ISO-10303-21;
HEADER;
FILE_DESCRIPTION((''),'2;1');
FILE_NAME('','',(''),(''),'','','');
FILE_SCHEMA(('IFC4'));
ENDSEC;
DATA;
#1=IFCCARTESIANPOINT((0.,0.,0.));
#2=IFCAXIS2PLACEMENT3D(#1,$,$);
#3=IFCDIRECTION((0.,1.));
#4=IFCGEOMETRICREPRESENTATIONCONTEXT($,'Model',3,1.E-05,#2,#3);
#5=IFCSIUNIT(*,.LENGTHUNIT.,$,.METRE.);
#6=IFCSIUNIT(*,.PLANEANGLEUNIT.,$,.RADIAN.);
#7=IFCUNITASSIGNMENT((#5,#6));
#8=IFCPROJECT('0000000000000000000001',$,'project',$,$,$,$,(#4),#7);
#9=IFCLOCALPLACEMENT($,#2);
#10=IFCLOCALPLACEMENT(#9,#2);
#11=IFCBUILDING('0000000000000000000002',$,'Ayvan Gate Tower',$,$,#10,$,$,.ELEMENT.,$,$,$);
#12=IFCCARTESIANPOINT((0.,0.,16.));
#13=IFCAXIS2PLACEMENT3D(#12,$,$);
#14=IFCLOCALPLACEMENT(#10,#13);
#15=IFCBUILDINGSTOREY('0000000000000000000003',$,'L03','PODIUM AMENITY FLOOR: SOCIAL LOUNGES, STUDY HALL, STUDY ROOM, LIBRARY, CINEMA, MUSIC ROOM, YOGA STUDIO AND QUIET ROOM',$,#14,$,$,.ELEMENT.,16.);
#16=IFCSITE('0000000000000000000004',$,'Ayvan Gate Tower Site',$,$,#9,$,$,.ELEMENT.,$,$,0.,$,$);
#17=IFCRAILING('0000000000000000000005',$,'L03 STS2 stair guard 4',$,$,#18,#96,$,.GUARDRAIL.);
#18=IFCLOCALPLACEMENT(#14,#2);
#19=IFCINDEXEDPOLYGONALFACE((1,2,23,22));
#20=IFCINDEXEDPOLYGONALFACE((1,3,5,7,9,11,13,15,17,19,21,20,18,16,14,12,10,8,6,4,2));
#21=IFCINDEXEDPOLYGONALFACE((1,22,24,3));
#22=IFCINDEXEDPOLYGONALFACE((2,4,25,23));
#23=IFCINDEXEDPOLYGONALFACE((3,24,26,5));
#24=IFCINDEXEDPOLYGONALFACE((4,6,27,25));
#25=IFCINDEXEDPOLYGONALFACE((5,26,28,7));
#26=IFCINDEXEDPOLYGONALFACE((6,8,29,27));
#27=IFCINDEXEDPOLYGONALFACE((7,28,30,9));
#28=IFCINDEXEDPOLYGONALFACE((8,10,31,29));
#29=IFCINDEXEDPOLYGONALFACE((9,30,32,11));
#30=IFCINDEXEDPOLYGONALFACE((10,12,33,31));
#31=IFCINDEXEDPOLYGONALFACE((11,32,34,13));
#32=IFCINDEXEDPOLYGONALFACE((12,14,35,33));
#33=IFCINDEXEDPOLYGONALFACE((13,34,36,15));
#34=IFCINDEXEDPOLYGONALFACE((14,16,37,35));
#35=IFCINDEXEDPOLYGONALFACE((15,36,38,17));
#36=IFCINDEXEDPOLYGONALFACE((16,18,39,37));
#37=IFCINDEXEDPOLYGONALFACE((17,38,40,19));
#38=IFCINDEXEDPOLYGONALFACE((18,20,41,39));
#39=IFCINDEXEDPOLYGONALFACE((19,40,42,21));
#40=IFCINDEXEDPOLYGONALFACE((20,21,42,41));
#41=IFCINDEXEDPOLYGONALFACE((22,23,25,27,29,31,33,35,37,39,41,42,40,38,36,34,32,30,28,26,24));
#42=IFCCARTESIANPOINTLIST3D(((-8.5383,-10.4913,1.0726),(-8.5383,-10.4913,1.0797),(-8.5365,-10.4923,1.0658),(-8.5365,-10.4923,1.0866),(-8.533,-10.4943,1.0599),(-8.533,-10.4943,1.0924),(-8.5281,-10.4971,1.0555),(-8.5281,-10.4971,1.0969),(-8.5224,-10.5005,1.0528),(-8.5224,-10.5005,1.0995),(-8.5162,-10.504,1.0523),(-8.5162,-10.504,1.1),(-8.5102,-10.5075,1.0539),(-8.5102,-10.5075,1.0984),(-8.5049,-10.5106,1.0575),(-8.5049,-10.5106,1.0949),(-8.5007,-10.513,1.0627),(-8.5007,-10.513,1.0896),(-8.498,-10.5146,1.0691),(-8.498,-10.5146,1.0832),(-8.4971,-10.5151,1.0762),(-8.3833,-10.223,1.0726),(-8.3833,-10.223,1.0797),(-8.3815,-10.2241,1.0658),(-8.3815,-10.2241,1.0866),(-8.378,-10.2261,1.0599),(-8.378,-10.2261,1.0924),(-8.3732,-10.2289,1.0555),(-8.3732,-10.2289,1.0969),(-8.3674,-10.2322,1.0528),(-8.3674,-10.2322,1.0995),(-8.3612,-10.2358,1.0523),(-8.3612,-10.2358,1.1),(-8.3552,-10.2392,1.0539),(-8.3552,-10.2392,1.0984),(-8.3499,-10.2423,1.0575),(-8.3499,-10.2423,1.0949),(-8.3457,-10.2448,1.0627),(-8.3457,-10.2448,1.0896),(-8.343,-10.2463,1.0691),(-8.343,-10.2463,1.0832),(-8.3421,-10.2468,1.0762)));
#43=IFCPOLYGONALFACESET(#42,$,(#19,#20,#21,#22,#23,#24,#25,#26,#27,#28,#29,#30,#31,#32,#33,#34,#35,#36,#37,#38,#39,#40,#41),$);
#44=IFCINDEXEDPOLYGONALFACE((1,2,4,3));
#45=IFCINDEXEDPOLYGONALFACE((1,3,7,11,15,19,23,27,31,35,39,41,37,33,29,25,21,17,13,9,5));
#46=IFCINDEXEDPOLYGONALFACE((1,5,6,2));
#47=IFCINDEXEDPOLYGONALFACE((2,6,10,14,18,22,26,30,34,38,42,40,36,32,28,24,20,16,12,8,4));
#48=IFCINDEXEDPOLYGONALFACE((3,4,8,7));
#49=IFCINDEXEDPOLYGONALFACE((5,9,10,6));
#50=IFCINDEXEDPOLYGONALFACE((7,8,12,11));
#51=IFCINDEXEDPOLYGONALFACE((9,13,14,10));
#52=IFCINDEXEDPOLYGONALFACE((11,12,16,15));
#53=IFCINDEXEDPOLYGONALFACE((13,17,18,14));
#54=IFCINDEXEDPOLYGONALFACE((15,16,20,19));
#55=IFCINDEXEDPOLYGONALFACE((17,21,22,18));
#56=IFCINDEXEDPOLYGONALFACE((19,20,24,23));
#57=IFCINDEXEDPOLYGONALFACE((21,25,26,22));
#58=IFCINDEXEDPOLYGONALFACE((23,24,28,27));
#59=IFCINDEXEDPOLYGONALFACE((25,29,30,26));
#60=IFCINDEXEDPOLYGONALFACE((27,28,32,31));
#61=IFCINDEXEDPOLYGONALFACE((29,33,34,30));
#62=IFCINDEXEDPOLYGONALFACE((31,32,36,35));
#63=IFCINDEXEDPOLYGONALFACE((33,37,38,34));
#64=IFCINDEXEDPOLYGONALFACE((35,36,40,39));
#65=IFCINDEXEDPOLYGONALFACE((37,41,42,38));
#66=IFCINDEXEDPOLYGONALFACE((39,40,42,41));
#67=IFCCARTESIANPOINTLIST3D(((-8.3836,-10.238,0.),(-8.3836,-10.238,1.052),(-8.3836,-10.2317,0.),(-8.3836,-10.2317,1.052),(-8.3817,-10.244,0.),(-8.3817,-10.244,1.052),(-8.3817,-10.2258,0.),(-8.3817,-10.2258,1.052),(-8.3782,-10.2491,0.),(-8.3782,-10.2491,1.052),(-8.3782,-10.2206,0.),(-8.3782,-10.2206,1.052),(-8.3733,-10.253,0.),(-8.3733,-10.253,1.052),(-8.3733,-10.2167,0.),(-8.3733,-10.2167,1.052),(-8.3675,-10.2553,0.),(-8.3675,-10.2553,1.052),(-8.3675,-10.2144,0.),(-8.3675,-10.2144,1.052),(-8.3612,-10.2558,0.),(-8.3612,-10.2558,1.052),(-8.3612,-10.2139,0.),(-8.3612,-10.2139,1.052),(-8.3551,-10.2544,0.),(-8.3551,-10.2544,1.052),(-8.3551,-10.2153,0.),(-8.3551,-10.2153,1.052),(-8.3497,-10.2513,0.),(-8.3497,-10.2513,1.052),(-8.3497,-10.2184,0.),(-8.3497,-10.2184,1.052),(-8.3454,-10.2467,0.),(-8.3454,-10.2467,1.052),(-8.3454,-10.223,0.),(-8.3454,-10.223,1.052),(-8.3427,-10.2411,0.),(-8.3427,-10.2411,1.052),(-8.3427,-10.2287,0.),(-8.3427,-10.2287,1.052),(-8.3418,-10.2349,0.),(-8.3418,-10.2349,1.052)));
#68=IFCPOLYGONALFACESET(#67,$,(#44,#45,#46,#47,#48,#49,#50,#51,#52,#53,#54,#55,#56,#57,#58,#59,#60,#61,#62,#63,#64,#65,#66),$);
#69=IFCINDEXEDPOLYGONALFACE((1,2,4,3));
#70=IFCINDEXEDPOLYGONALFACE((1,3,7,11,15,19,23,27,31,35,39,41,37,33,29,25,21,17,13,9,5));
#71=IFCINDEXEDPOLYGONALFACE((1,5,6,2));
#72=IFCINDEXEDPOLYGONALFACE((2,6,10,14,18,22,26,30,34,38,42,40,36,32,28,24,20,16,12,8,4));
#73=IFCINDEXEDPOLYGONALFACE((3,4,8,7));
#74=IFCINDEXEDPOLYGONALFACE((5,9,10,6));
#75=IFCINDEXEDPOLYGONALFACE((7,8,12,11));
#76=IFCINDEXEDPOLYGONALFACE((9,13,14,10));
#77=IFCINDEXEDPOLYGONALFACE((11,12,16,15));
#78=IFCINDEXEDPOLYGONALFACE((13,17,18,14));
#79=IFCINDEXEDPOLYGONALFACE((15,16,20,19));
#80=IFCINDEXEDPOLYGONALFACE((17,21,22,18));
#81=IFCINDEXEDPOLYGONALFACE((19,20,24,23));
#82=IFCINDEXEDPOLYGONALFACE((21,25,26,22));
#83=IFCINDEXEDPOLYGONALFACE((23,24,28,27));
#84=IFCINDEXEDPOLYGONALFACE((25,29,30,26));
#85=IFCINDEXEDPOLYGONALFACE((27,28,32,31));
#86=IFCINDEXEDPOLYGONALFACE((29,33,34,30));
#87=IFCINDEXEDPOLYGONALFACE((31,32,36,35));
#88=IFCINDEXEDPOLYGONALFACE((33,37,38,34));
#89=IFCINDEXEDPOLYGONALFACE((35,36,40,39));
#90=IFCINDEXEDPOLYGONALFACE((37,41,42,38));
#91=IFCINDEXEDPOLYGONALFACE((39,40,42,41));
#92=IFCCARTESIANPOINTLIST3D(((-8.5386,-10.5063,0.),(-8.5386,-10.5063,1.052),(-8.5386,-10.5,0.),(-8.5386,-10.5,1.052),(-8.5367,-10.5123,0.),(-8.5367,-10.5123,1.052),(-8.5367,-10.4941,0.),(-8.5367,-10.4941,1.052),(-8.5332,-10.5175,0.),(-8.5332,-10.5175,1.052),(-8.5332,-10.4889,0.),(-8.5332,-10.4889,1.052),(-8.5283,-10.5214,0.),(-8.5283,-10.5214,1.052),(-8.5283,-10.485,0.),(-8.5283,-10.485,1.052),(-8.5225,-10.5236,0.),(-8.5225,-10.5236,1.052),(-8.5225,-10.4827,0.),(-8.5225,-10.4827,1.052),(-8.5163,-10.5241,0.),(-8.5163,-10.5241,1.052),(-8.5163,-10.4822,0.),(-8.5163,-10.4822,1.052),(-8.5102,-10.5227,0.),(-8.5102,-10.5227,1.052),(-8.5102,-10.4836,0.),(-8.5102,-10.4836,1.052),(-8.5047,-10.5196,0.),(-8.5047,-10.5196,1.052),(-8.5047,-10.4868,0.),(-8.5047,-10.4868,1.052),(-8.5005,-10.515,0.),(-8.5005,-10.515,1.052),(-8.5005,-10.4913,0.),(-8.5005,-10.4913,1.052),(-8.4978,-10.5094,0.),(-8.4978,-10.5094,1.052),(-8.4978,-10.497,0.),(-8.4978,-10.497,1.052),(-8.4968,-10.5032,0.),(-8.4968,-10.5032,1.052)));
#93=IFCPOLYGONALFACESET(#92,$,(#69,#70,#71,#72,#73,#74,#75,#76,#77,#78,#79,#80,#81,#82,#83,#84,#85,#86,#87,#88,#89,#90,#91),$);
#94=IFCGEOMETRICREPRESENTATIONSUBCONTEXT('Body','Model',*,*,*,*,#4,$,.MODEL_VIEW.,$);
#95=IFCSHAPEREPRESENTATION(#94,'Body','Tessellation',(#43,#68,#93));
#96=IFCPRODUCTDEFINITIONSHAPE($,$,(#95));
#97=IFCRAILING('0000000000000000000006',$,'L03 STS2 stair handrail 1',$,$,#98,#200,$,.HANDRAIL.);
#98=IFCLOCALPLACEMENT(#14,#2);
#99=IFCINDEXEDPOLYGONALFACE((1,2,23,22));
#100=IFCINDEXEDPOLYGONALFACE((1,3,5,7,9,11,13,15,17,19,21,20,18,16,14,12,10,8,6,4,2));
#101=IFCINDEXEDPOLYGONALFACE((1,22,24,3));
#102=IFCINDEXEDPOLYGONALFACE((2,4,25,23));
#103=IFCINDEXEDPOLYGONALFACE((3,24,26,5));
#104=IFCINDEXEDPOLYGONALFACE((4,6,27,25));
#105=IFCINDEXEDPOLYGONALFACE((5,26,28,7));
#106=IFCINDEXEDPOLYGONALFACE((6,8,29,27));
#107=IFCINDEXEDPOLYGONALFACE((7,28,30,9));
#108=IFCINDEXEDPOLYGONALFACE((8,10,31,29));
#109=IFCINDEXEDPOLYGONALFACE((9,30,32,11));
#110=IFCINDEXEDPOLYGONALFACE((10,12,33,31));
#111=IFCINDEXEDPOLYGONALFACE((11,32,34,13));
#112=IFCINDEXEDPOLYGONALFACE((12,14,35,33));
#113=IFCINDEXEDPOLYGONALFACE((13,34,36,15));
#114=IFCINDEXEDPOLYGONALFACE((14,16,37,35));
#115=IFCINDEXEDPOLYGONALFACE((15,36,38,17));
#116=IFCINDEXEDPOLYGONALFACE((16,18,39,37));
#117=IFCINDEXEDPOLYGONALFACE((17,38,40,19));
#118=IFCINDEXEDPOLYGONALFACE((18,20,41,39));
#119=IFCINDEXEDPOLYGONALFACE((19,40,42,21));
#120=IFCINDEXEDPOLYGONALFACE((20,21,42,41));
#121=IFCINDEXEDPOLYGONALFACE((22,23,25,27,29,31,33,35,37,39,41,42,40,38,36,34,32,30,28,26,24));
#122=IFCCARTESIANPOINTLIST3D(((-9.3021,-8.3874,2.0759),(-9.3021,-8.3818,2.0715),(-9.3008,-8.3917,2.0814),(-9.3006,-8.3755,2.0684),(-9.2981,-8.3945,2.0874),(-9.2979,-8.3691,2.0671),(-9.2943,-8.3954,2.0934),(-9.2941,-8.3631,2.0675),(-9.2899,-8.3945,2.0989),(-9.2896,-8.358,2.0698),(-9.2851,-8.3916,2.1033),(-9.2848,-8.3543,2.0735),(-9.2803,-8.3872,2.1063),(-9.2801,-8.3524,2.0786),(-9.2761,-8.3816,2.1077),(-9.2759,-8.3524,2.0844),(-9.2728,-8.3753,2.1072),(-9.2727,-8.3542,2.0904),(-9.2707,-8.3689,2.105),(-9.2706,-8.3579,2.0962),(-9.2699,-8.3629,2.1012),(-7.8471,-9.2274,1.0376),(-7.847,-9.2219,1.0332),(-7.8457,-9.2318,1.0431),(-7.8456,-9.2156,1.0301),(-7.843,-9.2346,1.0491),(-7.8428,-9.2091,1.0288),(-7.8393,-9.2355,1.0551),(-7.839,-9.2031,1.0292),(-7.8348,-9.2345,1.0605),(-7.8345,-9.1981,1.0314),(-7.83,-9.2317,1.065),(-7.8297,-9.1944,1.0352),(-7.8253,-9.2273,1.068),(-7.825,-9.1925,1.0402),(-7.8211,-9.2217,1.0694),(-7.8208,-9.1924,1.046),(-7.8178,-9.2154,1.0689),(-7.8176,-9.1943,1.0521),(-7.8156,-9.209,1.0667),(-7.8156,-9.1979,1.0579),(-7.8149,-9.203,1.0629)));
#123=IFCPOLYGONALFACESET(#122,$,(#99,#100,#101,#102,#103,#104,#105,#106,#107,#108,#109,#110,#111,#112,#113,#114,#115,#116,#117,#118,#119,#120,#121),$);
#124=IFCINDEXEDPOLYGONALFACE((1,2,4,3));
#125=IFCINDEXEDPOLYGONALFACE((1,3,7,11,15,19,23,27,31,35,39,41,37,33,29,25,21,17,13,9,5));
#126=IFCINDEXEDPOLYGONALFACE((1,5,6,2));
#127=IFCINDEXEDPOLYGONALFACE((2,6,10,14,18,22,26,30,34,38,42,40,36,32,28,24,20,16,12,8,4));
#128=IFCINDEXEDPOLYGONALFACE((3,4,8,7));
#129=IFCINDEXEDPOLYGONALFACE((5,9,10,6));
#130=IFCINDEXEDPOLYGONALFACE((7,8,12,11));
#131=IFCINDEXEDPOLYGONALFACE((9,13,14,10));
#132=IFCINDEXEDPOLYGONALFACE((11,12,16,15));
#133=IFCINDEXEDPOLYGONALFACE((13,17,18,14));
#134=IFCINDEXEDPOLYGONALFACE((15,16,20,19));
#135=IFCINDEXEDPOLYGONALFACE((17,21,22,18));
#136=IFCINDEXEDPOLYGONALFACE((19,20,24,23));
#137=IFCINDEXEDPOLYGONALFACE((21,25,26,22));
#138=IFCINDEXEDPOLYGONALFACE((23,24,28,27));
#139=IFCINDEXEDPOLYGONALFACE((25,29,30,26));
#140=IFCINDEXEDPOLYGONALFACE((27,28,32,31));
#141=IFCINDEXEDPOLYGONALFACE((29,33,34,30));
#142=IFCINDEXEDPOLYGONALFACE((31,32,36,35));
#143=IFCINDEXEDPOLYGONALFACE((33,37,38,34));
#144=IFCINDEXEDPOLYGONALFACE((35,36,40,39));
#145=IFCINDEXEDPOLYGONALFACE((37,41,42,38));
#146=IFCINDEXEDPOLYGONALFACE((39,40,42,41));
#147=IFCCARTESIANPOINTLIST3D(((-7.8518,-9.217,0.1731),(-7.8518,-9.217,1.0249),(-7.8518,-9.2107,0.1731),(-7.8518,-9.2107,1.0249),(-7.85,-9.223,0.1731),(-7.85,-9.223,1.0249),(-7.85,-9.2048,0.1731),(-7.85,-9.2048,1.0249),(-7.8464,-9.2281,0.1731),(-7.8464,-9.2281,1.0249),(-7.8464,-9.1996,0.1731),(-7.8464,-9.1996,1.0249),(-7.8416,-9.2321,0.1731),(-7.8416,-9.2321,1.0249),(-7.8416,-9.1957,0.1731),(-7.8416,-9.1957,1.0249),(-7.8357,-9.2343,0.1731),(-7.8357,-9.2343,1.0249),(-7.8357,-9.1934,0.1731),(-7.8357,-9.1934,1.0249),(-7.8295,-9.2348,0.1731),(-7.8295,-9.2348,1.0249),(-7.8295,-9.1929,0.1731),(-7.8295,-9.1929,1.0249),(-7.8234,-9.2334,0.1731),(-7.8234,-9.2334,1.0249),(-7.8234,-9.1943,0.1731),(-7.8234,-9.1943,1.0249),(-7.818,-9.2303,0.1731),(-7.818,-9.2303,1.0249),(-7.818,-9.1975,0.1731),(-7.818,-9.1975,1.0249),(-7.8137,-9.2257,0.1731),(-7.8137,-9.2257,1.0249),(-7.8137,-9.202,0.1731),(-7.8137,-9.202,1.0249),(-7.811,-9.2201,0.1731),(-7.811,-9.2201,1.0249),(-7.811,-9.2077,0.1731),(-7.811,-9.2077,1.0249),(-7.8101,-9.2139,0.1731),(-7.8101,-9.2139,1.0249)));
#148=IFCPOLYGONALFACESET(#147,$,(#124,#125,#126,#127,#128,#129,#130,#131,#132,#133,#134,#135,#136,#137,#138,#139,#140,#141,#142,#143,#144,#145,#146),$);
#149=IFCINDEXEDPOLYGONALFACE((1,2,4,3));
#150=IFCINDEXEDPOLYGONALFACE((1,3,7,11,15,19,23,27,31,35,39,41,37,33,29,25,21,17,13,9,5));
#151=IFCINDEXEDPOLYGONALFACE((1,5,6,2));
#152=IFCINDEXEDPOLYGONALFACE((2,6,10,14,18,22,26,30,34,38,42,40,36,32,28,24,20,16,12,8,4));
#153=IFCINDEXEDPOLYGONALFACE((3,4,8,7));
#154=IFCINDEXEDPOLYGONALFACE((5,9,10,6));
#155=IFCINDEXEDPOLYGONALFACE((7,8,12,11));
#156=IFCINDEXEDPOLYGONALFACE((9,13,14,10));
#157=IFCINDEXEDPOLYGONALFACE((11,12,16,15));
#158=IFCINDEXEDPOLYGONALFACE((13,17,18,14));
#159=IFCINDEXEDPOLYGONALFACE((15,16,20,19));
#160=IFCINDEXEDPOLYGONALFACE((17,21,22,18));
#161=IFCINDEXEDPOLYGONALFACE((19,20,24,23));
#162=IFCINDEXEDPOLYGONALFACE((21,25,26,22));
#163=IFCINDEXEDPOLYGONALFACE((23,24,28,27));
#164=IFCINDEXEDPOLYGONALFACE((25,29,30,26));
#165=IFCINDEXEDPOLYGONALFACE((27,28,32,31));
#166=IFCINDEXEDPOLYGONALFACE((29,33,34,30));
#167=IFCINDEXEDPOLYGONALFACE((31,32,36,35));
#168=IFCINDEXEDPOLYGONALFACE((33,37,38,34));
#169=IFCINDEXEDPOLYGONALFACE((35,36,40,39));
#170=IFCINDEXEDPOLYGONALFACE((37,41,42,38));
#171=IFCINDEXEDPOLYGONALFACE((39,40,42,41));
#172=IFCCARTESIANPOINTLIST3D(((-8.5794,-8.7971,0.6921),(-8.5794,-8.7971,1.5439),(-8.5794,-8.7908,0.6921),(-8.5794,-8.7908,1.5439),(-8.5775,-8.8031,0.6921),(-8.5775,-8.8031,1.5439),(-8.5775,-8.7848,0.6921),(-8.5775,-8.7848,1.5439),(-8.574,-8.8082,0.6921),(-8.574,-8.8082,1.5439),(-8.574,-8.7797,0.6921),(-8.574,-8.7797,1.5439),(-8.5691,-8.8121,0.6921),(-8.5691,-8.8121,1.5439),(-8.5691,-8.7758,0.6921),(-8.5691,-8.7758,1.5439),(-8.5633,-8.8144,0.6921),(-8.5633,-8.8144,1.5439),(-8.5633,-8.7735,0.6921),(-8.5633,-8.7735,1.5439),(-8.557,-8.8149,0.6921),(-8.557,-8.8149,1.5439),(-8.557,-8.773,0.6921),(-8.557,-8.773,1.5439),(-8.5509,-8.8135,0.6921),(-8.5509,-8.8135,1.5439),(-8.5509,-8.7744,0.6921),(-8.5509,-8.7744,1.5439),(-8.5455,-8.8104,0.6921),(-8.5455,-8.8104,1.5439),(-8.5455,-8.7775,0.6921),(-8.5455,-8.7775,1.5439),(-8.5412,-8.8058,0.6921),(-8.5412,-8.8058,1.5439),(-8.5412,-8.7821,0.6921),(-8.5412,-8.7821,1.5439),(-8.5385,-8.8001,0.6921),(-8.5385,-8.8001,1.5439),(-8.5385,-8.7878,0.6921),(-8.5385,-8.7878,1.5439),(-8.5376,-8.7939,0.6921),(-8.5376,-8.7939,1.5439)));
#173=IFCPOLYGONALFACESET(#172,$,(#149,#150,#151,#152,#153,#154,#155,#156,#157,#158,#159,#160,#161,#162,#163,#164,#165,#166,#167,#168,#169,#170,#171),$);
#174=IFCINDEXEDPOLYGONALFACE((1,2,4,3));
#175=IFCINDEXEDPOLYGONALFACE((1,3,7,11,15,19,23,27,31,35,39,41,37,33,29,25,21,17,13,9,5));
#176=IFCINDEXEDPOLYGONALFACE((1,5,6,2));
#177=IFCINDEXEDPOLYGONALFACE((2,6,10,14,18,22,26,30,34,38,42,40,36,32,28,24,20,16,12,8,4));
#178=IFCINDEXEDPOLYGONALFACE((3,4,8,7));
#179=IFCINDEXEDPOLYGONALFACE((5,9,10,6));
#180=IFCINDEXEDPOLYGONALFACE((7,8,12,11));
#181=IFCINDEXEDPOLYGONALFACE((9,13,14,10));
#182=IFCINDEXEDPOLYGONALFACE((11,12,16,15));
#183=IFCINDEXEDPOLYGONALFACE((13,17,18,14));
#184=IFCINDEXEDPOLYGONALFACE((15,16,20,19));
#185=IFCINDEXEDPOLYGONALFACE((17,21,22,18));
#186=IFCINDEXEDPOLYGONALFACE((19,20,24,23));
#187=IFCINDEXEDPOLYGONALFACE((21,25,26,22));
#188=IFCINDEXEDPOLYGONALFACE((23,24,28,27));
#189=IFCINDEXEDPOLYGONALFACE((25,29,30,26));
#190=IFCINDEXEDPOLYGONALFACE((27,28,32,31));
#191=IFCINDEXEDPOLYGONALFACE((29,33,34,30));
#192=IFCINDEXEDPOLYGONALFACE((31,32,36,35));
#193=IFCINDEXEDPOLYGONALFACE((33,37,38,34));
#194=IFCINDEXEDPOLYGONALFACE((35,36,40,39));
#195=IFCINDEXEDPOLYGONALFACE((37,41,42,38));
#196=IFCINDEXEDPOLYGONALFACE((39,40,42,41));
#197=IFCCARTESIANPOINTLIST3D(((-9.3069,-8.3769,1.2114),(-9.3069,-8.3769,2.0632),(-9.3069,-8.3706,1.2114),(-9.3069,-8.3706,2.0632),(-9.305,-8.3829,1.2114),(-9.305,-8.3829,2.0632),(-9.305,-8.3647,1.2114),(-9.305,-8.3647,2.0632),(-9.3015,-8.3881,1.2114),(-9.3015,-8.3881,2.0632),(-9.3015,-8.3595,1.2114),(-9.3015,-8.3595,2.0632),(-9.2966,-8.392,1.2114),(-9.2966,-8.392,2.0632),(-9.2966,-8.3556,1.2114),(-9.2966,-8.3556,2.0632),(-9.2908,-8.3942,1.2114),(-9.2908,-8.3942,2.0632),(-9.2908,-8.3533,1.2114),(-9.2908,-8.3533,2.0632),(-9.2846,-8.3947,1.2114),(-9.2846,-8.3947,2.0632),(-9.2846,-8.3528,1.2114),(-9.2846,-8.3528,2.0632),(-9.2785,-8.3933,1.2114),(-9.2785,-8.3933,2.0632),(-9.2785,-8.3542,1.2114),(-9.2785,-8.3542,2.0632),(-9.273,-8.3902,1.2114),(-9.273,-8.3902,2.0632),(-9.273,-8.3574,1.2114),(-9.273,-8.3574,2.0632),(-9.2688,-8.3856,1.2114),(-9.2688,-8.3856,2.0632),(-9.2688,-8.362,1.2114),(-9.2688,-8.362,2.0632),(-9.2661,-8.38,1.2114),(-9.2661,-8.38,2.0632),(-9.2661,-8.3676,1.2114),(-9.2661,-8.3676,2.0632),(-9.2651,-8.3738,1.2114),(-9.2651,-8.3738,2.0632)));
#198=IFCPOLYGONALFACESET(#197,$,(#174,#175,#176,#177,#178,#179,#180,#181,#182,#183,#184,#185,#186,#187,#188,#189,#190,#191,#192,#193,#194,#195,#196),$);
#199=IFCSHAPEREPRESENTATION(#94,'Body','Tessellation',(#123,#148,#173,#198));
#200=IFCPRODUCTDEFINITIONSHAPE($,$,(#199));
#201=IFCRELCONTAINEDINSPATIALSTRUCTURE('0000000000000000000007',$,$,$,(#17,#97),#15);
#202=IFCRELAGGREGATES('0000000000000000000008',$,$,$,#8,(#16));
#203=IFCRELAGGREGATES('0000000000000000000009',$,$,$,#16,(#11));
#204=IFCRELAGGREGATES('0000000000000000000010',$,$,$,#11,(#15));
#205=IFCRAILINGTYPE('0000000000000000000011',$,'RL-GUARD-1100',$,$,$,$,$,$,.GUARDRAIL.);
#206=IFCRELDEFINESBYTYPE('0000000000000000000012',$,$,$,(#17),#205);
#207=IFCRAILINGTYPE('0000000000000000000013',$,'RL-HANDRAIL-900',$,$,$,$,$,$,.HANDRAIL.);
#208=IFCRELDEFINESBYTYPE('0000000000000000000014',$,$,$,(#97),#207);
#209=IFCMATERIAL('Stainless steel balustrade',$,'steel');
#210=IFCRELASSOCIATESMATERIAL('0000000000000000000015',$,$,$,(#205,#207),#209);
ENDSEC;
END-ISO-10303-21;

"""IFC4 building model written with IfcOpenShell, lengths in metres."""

from ifc_helpers import new_model, si_unit, direction, frame, origin, origin_2d, place, context, subcontext, project, spatial, circle, extrude, material, type_object, element, save


model = new_model("IFC4")

# Units and contexts
model_context = context("Model", 3, precision=1e-05, world=origin(), true_north=direction((0.0, 1.0)))
body_context = subcontext(model_context, "Body", "Model", "MODEL_VIEW")
ifc_project = project(units=[si_unit("LENGTHUNIT", "METRE"), si_unit("PLANEANGLEUNIT", "RADIAN")], contexts=[model_context])

# Site, building, storey
site_placement = place(None, origin())
site = spatial("IfcSite", under=ifc_project, at=site_placement, Name="Ayvan Gate Tower Site", CompositionType="ELEMENT", RefElevation=0.0)
building_placement = place(site_placement, origin())
building = spatial("IfcBuilding", under=site, at=building_placement, Name="Ayvan Gate Tower", CompositionType="ELEMENT")
storey_placement = place(building_placement, frame((0.0, 0.0, 16.0)))
storey = spatial("IfcBuildingStorey", under=building, at=storey_placement, Name="L03", Description="PODIUM AMENITY FLOOR: SOCIAL LOUNGES, STUDY HALL, STUDY ROOM, LIBRARY, CINEMA, MUSIC ROOM, YOGA STUDIO AND QUIET ROOM", CompositionType="ELEMENT", Elevation=16.0)

# Railings
ifc_material_1 = material(Name="Stainless steel balustrade", Category="steel")
railing_type_1 = type_object("IfcRailingType", Name="RL-GUARD-1100", PredefinedType="GUARDRAIL", material=ifc_material_1)
railing_1_placement = place(storey_placement, frame((-8.3628, -10.2349, 0.0)))
element("IfcRailing", 1, at=railing_1_placement, inside=storey, type_object=railing_type_1, Name="L03 STS2 stair guard 4", PredefinedType="GUARDRAIL", context=body_context, shape_type="SweptSolid", body=[
    extrude(circle(Radius=0.0239, at=origin_2d()), frame((0.0, 0.0, 1.0762), z_axis=(-0.500291, -0.865857, 0.0), x_axis=(0.865857, -0.500291, 0.0)), (0.0, 0.0, 1.0), 0.3098),
    extrude(circle(Radius=0.021, at=origin_2d()), origin(), (0.0, 0.0, 1.0), 1.052),
    extrude(circle(Radius=0.021, at=origin_2d()), frame((-0.155, -0.2683, 0.0)), (0.0, 0.0, 1.0), 1.052),
])
railing_type_2 = type_object("IfcRailingType", Name="RL-HANDRAIL-900", PredefinedType="HANDRAIL", material=ifc_material_1)
railing_2_placement = place(storey_placement, frame((-7.8311, -9.2139, 0.1731)))
element("IfcRailing", 2, at=railing_2_placement, inside=storey, type_object=railing_type_2, Name="L03 STS2 stair handrail 1", PredefinedType="HANDRAIL", context=body_context, shape_type="SweptSolid", body=[
    extrude(circle(Radius=0.0239, at=origin_2d()), frame((0.0, 0.0, 0.876), z_axis=(-0.736701, 0.425333, 0.525703), x_axis=(-0.499999, -0.866026, 0.0)), (0.0, 0.0, 1.0), 1.9751),
    extrude(circle(Radius=0.021, at=origin_2d()), origin(), (0.0, 0.0, 1.0), 0.8518),
    extrude(circle(Radius=0.021, at=origin_2d()), frame((-0.7275, 0.4199, 0.519)), (0.0, 0.0, 1.0), 0.8518),
    extrude(circle(Radius=0.021, at=origin_2d()), frame((-1.4551, 0.8401, 1.0383)), (0.0, 0.0, 1.0), 0.8518),
])

save(model, "model.ifc")
